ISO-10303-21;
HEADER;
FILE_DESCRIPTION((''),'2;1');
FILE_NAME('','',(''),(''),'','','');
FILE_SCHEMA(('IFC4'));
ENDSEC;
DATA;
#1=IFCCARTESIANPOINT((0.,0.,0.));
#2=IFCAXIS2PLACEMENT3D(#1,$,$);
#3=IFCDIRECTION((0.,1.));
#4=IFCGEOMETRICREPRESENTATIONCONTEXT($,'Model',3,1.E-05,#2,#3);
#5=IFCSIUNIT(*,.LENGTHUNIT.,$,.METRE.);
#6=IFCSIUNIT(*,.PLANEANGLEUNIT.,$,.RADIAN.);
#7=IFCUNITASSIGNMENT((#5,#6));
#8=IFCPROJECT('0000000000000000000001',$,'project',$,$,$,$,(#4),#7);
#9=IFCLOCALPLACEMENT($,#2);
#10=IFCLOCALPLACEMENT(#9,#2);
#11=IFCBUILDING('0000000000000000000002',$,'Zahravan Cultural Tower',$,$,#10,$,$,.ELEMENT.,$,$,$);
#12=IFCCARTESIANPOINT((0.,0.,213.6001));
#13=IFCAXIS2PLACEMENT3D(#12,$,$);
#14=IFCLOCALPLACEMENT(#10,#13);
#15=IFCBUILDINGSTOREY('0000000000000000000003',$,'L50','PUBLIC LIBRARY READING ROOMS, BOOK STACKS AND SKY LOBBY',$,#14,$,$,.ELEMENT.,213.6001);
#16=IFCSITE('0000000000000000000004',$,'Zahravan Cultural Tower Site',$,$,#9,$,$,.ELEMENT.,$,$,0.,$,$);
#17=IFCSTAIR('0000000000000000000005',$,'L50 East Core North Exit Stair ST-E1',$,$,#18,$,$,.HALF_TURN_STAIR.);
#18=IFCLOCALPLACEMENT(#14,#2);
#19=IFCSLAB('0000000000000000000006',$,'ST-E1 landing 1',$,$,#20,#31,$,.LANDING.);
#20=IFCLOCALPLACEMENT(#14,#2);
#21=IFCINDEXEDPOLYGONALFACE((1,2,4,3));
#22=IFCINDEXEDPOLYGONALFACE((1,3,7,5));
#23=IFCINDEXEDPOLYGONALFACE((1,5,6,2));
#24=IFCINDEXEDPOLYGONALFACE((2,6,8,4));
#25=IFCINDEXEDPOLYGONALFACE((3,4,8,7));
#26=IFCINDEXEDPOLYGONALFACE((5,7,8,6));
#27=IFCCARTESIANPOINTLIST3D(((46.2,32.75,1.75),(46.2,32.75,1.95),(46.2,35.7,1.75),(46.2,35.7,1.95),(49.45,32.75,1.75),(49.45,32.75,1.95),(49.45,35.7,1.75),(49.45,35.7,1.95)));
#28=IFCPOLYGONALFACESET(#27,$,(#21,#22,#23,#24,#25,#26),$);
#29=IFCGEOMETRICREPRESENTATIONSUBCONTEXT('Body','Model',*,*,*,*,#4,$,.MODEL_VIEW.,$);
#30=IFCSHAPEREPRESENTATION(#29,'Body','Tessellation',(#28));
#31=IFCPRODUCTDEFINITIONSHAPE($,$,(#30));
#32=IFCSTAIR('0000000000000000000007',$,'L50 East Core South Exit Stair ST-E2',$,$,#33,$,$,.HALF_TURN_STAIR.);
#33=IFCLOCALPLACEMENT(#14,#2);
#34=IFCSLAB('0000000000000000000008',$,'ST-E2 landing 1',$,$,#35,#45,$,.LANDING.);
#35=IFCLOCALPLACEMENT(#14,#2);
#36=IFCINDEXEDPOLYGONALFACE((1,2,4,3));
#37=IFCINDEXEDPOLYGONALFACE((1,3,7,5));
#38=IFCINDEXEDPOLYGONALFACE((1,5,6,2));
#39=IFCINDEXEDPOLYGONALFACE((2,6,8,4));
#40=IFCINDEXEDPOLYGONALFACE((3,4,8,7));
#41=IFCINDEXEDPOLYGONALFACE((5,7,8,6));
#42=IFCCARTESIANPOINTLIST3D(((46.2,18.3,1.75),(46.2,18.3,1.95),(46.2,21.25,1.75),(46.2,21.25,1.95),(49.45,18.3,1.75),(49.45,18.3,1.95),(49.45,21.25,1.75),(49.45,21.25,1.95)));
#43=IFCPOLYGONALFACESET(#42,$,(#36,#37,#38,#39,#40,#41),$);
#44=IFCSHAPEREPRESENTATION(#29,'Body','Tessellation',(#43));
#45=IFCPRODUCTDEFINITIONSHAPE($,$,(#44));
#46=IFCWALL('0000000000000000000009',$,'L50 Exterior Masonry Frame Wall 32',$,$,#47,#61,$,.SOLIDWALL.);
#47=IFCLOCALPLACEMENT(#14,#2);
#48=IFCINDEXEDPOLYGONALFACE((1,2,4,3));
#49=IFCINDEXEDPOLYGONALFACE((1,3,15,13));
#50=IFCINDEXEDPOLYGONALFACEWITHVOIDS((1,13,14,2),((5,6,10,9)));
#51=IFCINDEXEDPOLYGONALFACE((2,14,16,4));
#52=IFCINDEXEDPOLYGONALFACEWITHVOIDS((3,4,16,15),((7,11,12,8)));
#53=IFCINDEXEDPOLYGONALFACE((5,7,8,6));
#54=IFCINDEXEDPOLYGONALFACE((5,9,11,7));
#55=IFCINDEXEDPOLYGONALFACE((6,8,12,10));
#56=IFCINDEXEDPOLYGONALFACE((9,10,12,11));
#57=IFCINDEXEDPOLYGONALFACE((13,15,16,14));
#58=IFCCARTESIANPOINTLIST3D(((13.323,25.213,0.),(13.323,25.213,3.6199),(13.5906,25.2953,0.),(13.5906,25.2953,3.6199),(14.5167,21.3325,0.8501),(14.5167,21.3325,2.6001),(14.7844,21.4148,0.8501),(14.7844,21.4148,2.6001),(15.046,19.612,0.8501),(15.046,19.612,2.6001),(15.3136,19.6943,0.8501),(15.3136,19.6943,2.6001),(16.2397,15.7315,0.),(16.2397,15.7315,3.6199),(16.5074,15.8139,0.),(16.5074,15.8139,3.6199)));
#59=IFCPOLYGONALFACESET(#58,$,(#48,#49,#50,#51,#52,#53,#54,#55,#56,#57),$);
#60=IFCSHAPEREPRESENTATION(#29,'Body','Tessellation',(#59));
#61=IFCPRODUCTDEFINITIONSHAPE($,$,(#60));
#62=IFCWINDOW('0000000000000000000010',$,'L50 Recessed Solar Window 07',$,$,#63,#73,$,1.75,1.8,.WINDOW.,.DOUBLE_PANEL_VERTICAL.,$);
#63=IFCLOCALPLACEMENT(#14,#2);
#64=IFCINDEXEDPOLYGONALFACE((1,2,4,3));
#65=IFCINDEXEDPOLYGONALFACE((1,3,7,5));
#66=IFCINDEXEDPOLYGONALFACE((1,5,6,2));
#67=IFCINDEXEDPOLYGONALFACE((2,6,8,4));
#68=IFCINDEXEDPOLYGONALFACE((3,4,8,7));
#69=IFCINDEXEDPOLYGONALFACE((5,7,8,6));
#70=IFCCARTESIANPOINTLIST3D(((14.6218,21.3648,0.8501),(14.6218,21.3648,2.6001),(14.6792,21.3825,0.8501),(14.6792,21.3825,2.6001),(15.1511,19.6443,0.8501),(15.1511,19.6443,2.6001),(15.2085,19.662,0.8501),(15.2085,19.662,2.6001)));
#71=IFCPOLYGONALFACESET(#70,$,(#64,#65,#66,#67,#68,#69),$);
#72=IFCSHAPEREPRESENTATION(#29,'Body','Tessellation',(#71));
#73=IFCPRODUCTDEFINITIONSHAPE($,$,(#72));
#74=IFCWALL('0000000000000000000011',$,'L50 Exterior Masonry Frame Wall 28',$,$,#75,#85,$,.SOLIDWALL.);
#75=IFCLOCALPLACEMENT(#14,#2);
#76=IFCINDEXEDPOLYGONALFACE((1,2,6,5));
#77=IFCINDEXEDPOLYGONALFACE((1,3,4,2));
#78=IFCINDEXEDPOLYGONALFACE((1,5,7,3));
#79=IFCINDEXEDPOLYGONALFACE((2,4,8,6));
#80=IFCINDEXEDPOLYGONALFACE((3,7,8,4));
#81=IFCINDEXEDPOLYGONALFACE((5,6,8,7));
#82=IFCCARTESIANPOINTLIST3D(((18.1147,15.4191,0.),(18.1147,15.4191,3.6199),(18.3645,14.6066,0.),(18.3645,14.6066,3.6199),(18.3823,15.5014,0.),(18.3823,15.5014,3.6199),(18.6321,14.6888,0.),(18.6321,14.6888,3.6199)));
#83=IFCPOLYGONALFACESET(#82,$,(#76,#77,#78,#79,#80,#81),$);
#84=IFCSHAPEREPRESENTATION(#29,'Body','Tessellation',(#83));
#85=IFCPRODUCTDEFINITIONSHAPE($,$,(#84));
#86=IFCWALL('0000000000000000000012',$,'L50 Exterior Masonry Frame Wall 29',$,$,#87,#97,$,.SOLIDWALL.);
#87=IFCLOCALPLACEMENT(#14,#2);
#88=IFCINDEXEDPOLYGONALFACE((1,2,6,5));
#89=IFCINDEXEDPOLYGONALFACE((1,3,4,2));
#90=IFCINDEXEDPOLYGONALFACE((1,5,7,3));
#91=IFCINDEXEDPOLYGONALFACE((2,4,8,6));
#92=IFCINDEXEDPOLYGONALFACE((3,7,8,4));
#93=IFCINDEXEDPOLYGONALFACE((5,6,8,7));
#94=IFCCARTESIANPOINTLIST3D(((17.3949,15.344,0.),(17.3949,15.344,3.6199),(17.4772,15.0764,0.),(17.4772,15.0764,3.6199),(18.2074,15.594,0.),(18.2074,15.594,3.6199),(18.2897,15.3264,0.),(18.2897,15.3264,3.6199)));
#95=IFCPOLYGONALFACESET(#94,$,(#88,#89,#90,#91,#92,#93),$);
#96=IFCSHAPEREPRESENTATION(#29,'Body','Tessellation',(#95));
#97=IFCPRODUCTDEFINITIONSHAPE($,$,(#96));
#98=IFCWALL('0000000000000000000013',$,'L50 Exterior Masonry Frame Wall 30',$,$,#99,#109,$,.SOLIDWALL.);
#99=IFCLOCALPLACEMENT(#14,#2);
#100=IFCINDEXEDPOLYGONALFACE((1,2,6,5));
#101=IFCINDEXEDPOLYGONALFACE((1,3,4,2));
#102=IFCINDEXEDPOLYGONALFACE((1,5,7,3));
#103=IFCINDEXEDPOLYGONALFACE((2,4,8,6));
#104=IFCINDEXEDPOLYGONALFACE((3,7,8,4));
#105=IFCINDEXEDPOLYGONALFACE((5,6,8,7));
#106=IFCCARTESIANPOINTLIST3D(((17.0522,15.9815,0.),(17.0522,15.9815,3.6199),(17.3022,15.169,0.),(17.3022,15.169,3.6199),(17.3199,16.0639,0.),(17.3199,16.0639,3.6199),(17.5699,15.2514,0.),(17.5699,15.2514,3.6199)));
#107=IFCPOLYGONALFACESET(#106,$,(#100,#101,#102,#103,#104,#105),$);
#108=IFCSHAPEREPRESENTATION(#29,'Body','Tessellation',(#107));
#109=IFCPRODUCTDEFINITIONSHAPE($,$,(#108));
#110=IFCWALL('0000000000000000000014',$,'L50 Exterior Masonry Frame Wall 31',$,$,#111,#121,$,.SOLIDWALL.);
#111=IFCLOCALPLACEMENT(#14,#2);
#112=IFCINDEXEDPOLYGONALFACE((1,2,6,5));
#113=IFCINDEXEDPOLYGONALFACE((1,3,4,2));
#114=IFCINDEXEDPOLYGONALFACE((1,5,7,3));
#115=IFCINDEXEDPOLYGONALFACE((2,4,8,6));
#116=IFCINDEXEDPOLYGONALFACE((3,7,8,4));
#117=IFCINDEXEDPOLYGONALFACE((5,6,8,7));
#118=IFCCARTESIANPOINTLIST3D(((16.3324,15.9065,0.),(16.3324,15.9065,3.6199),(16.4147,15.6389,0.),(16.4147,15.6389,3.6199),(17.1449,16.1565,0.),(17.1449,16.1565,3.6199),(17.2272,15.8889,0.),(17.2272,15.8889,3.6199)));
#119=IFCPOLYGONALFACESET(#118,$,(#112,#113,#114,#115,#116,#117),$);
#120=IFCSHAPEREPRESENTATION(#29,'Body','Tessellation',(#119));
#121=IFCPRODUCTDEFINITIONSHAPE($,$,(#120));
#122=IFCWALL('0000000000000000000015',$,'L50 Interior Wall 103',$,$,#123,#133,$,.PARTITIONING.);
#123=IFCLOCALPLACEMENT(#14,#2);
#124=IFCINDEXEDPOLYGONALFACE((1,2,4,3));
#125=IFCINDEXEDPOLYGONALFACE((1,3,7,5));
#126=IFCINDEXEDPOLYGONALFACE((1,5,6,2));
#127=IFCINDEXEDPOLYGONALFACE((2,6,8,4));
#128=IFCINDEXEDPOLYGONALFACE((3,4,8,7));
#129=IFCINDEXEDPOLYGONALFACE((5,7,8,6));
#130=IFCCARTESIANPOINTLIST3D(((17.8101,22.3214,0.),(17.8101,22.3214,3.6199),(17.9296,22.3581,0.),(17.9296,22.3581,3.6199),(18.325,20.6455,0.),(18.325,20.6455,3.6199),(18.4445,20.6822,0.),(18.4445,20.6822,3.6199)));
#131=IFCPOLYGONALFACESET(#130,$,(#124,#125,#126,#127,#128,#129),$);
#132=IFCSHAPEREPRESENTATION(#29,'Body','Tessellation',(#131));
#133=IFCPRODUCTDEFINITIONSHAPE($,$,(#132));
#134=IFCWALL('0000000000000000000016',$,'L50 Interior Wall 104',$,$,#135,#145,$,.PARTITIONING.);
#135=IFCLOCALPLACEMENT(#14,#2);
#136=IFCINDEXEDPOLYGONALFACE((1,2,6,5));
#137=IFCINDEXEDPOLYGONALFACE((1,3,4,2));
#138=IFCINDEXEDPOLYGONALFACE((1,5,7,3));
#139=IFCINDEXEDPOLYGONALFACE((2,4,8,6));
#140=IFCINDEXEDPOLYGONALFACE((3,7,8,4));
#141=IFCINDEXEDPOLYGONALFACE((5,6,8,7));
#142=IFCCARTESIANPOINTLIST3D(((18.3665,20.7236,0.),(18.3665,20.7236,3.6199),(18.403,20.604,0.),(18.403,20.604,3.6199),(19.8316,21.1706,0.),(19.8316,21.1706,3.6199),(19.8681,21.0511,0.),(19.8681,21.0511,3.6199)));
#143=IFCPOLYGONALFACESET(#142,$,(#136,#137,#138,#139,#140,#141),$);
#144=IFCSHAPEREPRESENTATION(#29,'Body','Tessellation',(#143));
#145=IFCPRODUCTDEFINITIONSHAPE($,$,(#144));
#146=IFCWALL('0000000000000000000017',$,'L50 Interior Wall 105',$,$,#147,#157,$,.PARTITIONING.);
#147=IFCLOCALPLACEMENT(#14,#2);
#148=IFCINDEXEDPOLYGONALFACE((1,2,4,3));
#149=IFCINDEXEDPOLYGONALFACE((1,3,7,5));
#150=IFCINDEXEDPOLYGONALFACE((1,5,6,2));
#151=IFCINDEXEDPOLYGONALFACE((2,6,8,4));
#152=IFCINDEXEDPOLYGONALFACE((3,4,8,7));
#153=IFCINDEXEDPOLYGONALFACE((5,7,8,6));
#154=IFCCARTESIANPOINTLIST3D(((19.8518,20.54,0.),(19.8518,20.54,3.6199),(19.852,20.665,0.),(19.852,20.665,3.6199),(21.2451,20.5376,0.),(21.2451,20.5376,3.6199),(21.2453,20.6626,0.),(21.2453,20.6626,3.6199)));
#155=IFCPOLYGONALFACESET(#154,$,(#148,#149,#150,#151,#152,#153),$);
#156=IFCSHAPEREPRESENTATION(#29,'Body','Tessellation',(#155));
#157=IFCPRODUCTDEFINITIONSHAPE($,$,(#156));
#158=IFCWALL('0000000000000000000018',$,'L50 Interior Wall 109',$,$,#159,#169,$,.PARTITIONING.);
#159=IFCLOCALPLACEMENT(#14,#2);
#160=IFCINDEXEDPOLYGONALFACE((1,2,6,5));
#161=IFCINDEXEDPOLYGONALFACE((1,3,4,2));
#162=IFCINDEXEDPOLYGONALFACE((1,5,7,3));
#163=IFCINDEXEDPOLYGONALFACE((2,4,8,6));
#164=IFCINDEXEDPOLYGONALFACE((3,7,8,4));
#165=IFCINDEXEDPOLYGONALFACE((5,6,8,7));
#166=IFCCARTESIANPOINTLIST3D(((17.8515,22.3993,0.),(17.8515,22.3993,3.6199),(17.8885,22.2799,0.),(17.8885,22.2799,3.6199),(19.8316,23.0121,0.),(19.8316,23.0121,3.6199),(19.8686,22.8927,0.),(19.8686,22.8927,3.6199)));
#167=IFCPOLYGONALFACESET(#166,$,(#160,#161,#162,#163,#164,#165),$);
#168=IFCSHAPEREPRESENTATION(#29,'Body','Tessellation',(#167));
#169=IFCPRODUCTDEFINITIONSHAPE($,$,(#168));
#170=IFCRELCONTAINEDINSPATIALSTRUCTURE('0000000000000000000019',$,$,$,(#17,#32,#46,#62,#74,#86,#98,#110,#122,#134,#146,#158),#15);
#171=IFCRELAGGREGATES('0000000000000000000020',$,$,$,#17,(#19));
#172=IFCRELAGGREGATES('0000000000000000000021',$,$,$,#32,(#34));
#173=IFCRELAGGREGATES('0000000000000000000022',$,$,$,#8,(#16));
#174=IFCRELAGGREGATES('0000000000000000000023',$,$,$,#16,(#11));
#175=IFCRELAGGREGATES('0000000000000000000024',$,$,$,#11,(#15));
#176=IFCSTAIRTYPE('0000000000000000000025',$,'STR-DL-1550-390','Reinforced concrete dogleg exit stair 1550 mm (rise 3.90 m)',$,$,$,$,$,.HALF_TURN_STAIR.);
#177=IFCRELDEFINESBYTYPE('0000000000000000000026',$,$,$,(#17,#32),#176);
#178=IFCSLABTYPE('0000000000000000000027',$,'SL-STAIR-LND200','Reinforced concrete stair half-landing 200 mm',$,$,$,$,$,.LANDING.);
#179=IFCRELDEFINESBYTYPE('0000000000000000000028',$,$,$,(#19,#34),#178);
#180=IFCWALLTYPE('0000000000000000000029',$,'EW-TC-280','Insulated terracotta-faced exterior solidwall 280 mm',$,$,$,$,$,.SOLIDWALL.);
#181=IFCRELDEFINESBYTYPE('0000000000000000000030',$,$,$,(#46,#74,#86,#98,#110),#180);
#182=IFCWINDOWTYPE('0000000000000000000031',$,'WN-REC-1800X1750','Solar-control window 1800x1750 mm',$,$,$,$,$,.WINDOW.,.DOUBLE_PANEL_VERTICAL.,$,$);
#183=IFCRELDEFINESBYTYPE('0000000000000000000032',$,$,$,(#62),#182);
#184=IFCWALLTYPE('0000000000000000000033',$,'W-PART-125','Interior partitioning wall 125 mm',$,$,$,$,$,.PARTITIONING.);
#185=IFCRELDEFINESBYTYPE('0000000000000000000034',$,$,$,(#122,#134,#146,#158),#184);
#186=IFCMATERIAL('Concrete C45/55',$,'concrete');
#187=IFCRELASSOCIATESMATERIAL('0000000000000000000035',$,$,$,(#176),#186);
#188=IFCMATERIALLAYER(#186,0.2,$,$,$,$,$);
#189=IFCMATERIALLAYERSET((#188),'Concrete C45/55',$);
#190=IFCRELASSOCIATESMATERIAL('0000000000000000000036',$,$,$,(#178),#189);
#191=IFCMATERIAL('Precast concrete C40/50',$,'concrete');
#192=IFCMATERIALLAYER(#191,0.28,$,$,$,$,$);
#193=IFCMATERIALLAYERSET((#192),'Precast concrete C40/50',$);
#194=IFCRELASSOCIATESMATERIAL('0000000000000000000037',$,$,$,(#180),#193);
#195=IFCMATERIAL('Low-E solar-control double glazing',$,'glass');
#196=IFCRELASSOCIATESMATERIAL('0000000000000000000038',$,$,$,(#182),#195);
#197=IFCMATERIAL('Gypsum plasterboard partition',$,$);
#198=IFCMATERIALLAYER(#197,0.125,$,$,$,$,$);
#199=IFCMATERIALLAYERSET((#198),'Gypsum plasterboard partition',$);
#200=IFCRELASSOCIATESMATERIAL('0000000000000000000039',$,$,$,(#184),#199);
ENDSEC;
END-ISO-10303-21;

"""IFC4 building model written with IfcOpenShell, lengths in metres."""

from ifc_helpers import new_model, si_unit, direction, frame, frame_2d, origin, place, context, subcontext, project, spatial, polyline, rectangle, outline, extrude, source, transform, mapped, material, layer, layer_set, type_object, element, fill, aggregate, save


model = new_model("IFC4")

# Units and contexts
model_context = context("Model", 3, precision=1e-05, world=origin(), true_north=direction((0.0, 1.0)))
body_context = subcontext(model_context, "Body", "Model", "MODEL_VIEW")
ifc_project = project(units=[si_unit("LENGTHUNIT", "METRE"), si_unit("PLANEANGLEUNIT", "RADIAN")], contexts=[model_context])

# Site, building, storey
site_placement = place(None, origin())
site = spatial("IfcSite", under=ifc_project, at=site_placement, Name="Zahravan Cultural Tower Site", CompositionType="ELEMENT", RefElevation=0.0)
building_placement = place(site_placement, origin())
building = spatial("IfcBuilding", under=site, at=building_placement, Name="Zahravan Cultural Tower", CompositionType="ELEMENT")
storey_placement = place(building_placement, frame((0.0, 0.0, 213.6001)))
storey = spatial("IfcBuildingStorey", under=building, at=storey_placement, Name="L50", Description="PUBLIC LIBRARY READING ROOMS, BOOK STACKS AND SKY LOBBY", CompositionType="ELEMENT", Elevation=213.6001)

# Shared definitions
ifc_material_1 = material(Name="Concrete C45/55", Category="concrete")

# Stairs, slabs
stair_type = type_object("IfcStairType", Name="STR-DL-1550-390", Description="Reinforced concrete dogleg exit stair 1550 mm (rise 3.90 m)", PredefinedType="HALF_TURN_STAIR", material=ifc_material_1)
ifc_layer_1 = layer(ifc_material_1, 0.2)
ifc_layer_set_1 = layer_set([ifc_layer_1], Name="Concrete C45/55")
slab_type_1 = type_object("IfcSlabType", Name="SL-STAIR-LND200", Description="Reinforced concrete stair half-landing 200 mm", PredefinedType="LANDING", material=ifc_layer_set_1)
stair_1_placement = place(storey_placement, origin())
stair_1 = element("IfcStair", 1, at=stair_1_placement, inside=storey, type_object=stair_type, Name="L50 East Core North Exit Stair ST-E1", PredefinedType="HALF_TURN_STAIR")
slab_1_placement = place(storey_placement, frame((0.0, 0.0, 1.75)))
slab_1 = element("IfcSlab", 2, at=slab_1_placement, type_object=slab_type_1, Name="ST-E1 landing 1", PredefinedType="LANDING", context=body_context, shape_type="SweptSolid", body=[
    extrude(outline(polyline([(49.45, 32.75), (49.45, 35.7), (46.2, 35.7), (46.2, 32.75), (49.45, 32.75)])), origin(), (0.0, 0.0, 1.0), 0.2),
])
aggregate(stair_1, [slab_1])
stair_2_placement = place(storey_placement, origin())
stair_2 = element("IfcStair", 3, at=stair_2_placement, inside=storey, type_object=stair_type, Name="L50 East Core South Exit Stair ST-E2", PredefinedType="HALF_TURN_STAIR")
slab_2_placement = place(storey_placement, frame((0.0, 0.0, 1.75)))
slab_2 = element("IfcSlab", 4, at=slab_2_placement, type_object=slab_type_1, Name="ST-E2 landing 1", PredefinedType="LANDING", context=body_context, shape_type="SweptSolid", body=[
    extrude(outline(polyline([(46.2, 21.25), (46.2, 18.3), (49.45, 18.3), (49.45, 21.25), (46.2, 21.25)])), origin(), (0.0, 0.0, 1.0), 0.2),
])
aggregate(stair_2, [slab_2])

# Wall, opening, window
ifc_material_2 = material(Name="Precast concrete C40/50", Category="concrete")
ifc_layer_2 = layer(ifc_material_2, 0.28)
ifc_layer_set_2 = layer_set([ifc_layer_2], Name="Precast concrete C40/50")
wall_type_1 = type_object("IfcWallType", Name="EW-TC-280", Description="Insulated terracotta-faced exterior solidwall 280 mm", PredefinedType="SOLIDWALL", material=ifc_layer_set_2)
wall_1_placement = place(storey_placement, frame((16.3735, 15.7727, 0.0), z_axis=(0.0, 0.0, 1.0), x_axis=(-0.294029, 0.955797, 0.0)))
wall_1 = element("IfcWall", 5, at=wall_1_placement, inside=storey, type_object=wall_type_1, Name="L50 Exterior Masonry Frame Wall 32", PredefinedType="SOLIDWALL", context=body_context, shape_type="SweptSolid", body=[
    extrude(rectangle(XDim=9.9199, YDim=0.28, at=frame_2d((4.96, 0.0))), origin(), (0.0, 0.0, 1.0), 3.6199),
])
opening_placement = place(wall_1_placement, frame((4.0601, 0.0, 0.8501)))
opening = element("IfcOpeningElement", 6, at=opening_placement, cuts=wall_1, PredefinedType="OPENING", context=body_context, shape_type="SweptSolid", body=[
    extrude(rectangle(XDim=1.8, YDim=1.75, at=frame_2d((0.8999, 0.875))), frame((0.0, 0.1499, 0.0), z_axis=(0.0, -1.0, 0.0), x_axis=(1.0, 0.0, 0.0)), (0.0, 0.0, 1.0), 0.3),
])
ifc_material_3 = material(Name="Low-E solar-control double glazing", Category="glass")
window_type = type_object("IfcWindowType", Name="WN-REC-1800X1750", Description="Solar-control window 1800x1750 mm", PartitioningType="DOUBLE_PANEL_VERTICAL", PredefinedType="WINDOW", material=ifc_material_3)
shared_shape_1 = source(origin(), body_context, "Body", "SweptSolid", [
    extrude(rectangle(XDim=1.8, YDim=1.75, at=frame_2d((0.8999, 0.875))), frame((0.0, 0.03, 0.0), z_axis=(0.0, -1.0, 0.0), x_axis=(1.0, 0.0, 0.0)), (0.0, 0.0, 1.0), 0.0601),
])
window_placement = place(opening_placement, origin())
window = element("IfcWindow", 7, at=window_placement, inside=storey, type_object=window_type, Name="L50 Recessed Solar Window 07", OverallHeight=1.75, OverallWidth=1.8, PartitioningType="DOUBLE_PANEL_VERTICAL", PredefinedType="WINDOW", context=body_context, shape_type="MappedRepresentation", body=[
    mapped(shared_shape_1, transform((0.0, 0.0, 0.0), x_axis=(1.0, 0.0, 0.0), y_axis=(0.0, 1.0, 0.0), z_axis=(0.0, 0.0, 1.0), scale=1.0)),
])
fill(opening, window)

# Walls
shared_shape_2 = source(origin(), body_context, "Body", "SweptSolid", [
    extrude(rectangle(XDim=0.8501, YDim=0.28, at=frame_2d((0.425, 0.0))), origin(), (0.0, 0.0, 1.0), 3.6199),
])
for number, where, z_axis, x_axis, name in (
    (8, (18.4983, 14.6477, 0.0), (0.0, 0.0, 1.0), (-0.293823, 0.95586, 0.0), "L50 Exterior Masonry Frame Wall 28"),
    (9, (18.2485, 15.4602, 0.0), (0.0, 0.0, 1.0), (-0.955779, -0.294086, 0.0), "L50 Exterior Masonry Frame Wall 29"),
    (10, (17.436, 15.2102, 0.0), (0.0, 0.0, 1.0), (-0.294086, 0.955779, 0.0), "L50 Exterior Masonry Frame Wall 30"),
    (11, (17.186, 16.0227, 0.0), (0.0, 0.0, 1.0), (-0.955779, -0.294086, 0.0), "L50 Exterior Masonry Frame Wall 31"),
):
    element("IfcWall", number, at=place(storey_placement, frame(where, z_axis=z_axis, x_axis=x_axis)), inside=storey, type_object=wall_type_1, Name=name, PredefinedType="SOLIDWALL", context=body_context, shape_type="MappedRepresentation", body=[
        mapped(shared_shape_2, transform((0.0, 0.0, 0.0), x_axis=(1.0, 0.0, 0.0), y_axis=(0.0, 1.0, 0.0), z_axis=(0.0, 0.0, 1.0), scale=1.0)),
    ])
ifc_material_4 = material(Name="Gypsum plasterboard partition")
ifc_layer_3 = layer(ifc_material_4, 0.125)
ifc_layer_set_3 = layer_set([ifc_layer_3], Name="Gypsum plasterboard partition")
wall_type_2 = type_object("IfcWallType", Name="W-PART-125", Description="Interior partitioning wall 125 mm", PredefinedType="PARTITIONING", material=ifc_layer_set_3)
shared_shape_3 = source(origin(), body_context, "Body", "SweptSolid", [
    extrude(rectangle(XDim=1.7532, YDim=0.125, at=frame_2d((0.8765, 0.0))), origin(), (0.0, 0.0, 1.0), 3.6199),
])
wall_2_placement = place(storey_placement, frame((17.8699, 22.3396, 0.0), z_axis=(0.0, 0.0, 1.0), x_axis=(0.293704, -0.955896, 0.0)))
element("IfcWall", 12, at=wall_2_placement, inside=storey, type_object=wall_type_2, Name="L50 Interior Wall 103", PredefinedType="PARTITIONING", context=body_context, shape_type="MappedRepresentation", body=[
    mapped(shared_shape_3, transform((0.0, 0.0, 0.0), x_axis=(1.0, 0.0, 0.0), y_axis=(0.0, 1.0, 0.0), z_axis=(0.0, 0.0, 1.0), scale=1.0)),
])
shared_shape_4 = source(origin(), body_context, "Body", "SweptSolid", [
    extrude(rectangle(XDim=1.5317, YDim=0.125, at=frame_2d((0.7659, 0.0))), origin(), (0.0, 0.0, 1.0), 3.6199),
])
wall_3_placement = place(storey_placement, frame((18.3848, 20.6638, 0.0), z_axis=(0.0, 0.0, 1.0), x_axis=(0.956469, 0.291834, 0.0)))
element("IfcWall", 13, at=wall_3_placement, inside=storey, type_object=wall_type_2, Name="L50 Interior Wall 104", PredefinedType="PARTITIONING", context=body_context, shape_type="MappedRepresentation", body=[
    mapped(shared_shape_4, transform((0.0, 0.0, 0.0), x_axis=(1.0, 0.0, 0.0), y_axis=(0.0, 1.0, 0.0), z_axis=(0.0, 0.0, 1.0), scale=1.0)),
])
shared_shape_5 = source(origin(), body_context, "Body", "SweptSolid", [
    extrude(rectangle(XDim=1.3933, YDim=0.125, at=frame_2d((0.6968, 0.0))), origin(), (0.0, 0.0, 1.0), 3.6199),
])
wall_4_placement = place(storey_placement, frame((19.8518, 20.6025, 0.0), z_axis=(0.0, 0.0, 1.0), x_axis=(0.999998, -0.001752, 0.0)))
element("IfcWall", 14, at=wall_4_placement, inside=storey, type_object=wall_type_2, Name="L50 Interior Wall 105", PredefinedType="PARTITIONING", context=body_context, shape_type="MappedRepresentation", body=[
    mapped(shared_shape_5, transform((0.0, 0.0, 0.0), x_axis=(1.0, 0.0, 0.0), y_axis=(0.0, 1.0, 0.0), z_axis=(0.0, 0.0, 1.0), scale=1.0)),
])
shared_shape_6 = source(origin(), body_context, "Body", "SweptSolid", [
    extrude(rectangle(XDim=2.0728, YDim=0.125, at=frame_2d((1.0364, 0.0))), origin(), (0.0, 0.0, 1.0), 3.6199),
])
wall_5_placement = place(storey_placement, frame((19.8501, 22.9524, 0.0), z_axis=(0.0, 0.0, 1.0), x_axis=(-0.955304, -0.295625, 0.0)))
element("IfcWall", 15, at=wall_5_placement, inside=storey, type_object=wall_type_2, Name="L50 Interior Wall 109", PredefinedType="PARTITIONING", context=body_context, shape_type="MappedRepresentation", body=[
    mapped(shared_shape_6, transform((0.0, 0.0, 0.0), x_axis=(1.0, 0.0, 0.0), y_axis=(0.0, 1.0, 0.0), z_axis=(0.0, 0.0, 1.0), scale=1.0)),
])

save(model, "model.ifc")
